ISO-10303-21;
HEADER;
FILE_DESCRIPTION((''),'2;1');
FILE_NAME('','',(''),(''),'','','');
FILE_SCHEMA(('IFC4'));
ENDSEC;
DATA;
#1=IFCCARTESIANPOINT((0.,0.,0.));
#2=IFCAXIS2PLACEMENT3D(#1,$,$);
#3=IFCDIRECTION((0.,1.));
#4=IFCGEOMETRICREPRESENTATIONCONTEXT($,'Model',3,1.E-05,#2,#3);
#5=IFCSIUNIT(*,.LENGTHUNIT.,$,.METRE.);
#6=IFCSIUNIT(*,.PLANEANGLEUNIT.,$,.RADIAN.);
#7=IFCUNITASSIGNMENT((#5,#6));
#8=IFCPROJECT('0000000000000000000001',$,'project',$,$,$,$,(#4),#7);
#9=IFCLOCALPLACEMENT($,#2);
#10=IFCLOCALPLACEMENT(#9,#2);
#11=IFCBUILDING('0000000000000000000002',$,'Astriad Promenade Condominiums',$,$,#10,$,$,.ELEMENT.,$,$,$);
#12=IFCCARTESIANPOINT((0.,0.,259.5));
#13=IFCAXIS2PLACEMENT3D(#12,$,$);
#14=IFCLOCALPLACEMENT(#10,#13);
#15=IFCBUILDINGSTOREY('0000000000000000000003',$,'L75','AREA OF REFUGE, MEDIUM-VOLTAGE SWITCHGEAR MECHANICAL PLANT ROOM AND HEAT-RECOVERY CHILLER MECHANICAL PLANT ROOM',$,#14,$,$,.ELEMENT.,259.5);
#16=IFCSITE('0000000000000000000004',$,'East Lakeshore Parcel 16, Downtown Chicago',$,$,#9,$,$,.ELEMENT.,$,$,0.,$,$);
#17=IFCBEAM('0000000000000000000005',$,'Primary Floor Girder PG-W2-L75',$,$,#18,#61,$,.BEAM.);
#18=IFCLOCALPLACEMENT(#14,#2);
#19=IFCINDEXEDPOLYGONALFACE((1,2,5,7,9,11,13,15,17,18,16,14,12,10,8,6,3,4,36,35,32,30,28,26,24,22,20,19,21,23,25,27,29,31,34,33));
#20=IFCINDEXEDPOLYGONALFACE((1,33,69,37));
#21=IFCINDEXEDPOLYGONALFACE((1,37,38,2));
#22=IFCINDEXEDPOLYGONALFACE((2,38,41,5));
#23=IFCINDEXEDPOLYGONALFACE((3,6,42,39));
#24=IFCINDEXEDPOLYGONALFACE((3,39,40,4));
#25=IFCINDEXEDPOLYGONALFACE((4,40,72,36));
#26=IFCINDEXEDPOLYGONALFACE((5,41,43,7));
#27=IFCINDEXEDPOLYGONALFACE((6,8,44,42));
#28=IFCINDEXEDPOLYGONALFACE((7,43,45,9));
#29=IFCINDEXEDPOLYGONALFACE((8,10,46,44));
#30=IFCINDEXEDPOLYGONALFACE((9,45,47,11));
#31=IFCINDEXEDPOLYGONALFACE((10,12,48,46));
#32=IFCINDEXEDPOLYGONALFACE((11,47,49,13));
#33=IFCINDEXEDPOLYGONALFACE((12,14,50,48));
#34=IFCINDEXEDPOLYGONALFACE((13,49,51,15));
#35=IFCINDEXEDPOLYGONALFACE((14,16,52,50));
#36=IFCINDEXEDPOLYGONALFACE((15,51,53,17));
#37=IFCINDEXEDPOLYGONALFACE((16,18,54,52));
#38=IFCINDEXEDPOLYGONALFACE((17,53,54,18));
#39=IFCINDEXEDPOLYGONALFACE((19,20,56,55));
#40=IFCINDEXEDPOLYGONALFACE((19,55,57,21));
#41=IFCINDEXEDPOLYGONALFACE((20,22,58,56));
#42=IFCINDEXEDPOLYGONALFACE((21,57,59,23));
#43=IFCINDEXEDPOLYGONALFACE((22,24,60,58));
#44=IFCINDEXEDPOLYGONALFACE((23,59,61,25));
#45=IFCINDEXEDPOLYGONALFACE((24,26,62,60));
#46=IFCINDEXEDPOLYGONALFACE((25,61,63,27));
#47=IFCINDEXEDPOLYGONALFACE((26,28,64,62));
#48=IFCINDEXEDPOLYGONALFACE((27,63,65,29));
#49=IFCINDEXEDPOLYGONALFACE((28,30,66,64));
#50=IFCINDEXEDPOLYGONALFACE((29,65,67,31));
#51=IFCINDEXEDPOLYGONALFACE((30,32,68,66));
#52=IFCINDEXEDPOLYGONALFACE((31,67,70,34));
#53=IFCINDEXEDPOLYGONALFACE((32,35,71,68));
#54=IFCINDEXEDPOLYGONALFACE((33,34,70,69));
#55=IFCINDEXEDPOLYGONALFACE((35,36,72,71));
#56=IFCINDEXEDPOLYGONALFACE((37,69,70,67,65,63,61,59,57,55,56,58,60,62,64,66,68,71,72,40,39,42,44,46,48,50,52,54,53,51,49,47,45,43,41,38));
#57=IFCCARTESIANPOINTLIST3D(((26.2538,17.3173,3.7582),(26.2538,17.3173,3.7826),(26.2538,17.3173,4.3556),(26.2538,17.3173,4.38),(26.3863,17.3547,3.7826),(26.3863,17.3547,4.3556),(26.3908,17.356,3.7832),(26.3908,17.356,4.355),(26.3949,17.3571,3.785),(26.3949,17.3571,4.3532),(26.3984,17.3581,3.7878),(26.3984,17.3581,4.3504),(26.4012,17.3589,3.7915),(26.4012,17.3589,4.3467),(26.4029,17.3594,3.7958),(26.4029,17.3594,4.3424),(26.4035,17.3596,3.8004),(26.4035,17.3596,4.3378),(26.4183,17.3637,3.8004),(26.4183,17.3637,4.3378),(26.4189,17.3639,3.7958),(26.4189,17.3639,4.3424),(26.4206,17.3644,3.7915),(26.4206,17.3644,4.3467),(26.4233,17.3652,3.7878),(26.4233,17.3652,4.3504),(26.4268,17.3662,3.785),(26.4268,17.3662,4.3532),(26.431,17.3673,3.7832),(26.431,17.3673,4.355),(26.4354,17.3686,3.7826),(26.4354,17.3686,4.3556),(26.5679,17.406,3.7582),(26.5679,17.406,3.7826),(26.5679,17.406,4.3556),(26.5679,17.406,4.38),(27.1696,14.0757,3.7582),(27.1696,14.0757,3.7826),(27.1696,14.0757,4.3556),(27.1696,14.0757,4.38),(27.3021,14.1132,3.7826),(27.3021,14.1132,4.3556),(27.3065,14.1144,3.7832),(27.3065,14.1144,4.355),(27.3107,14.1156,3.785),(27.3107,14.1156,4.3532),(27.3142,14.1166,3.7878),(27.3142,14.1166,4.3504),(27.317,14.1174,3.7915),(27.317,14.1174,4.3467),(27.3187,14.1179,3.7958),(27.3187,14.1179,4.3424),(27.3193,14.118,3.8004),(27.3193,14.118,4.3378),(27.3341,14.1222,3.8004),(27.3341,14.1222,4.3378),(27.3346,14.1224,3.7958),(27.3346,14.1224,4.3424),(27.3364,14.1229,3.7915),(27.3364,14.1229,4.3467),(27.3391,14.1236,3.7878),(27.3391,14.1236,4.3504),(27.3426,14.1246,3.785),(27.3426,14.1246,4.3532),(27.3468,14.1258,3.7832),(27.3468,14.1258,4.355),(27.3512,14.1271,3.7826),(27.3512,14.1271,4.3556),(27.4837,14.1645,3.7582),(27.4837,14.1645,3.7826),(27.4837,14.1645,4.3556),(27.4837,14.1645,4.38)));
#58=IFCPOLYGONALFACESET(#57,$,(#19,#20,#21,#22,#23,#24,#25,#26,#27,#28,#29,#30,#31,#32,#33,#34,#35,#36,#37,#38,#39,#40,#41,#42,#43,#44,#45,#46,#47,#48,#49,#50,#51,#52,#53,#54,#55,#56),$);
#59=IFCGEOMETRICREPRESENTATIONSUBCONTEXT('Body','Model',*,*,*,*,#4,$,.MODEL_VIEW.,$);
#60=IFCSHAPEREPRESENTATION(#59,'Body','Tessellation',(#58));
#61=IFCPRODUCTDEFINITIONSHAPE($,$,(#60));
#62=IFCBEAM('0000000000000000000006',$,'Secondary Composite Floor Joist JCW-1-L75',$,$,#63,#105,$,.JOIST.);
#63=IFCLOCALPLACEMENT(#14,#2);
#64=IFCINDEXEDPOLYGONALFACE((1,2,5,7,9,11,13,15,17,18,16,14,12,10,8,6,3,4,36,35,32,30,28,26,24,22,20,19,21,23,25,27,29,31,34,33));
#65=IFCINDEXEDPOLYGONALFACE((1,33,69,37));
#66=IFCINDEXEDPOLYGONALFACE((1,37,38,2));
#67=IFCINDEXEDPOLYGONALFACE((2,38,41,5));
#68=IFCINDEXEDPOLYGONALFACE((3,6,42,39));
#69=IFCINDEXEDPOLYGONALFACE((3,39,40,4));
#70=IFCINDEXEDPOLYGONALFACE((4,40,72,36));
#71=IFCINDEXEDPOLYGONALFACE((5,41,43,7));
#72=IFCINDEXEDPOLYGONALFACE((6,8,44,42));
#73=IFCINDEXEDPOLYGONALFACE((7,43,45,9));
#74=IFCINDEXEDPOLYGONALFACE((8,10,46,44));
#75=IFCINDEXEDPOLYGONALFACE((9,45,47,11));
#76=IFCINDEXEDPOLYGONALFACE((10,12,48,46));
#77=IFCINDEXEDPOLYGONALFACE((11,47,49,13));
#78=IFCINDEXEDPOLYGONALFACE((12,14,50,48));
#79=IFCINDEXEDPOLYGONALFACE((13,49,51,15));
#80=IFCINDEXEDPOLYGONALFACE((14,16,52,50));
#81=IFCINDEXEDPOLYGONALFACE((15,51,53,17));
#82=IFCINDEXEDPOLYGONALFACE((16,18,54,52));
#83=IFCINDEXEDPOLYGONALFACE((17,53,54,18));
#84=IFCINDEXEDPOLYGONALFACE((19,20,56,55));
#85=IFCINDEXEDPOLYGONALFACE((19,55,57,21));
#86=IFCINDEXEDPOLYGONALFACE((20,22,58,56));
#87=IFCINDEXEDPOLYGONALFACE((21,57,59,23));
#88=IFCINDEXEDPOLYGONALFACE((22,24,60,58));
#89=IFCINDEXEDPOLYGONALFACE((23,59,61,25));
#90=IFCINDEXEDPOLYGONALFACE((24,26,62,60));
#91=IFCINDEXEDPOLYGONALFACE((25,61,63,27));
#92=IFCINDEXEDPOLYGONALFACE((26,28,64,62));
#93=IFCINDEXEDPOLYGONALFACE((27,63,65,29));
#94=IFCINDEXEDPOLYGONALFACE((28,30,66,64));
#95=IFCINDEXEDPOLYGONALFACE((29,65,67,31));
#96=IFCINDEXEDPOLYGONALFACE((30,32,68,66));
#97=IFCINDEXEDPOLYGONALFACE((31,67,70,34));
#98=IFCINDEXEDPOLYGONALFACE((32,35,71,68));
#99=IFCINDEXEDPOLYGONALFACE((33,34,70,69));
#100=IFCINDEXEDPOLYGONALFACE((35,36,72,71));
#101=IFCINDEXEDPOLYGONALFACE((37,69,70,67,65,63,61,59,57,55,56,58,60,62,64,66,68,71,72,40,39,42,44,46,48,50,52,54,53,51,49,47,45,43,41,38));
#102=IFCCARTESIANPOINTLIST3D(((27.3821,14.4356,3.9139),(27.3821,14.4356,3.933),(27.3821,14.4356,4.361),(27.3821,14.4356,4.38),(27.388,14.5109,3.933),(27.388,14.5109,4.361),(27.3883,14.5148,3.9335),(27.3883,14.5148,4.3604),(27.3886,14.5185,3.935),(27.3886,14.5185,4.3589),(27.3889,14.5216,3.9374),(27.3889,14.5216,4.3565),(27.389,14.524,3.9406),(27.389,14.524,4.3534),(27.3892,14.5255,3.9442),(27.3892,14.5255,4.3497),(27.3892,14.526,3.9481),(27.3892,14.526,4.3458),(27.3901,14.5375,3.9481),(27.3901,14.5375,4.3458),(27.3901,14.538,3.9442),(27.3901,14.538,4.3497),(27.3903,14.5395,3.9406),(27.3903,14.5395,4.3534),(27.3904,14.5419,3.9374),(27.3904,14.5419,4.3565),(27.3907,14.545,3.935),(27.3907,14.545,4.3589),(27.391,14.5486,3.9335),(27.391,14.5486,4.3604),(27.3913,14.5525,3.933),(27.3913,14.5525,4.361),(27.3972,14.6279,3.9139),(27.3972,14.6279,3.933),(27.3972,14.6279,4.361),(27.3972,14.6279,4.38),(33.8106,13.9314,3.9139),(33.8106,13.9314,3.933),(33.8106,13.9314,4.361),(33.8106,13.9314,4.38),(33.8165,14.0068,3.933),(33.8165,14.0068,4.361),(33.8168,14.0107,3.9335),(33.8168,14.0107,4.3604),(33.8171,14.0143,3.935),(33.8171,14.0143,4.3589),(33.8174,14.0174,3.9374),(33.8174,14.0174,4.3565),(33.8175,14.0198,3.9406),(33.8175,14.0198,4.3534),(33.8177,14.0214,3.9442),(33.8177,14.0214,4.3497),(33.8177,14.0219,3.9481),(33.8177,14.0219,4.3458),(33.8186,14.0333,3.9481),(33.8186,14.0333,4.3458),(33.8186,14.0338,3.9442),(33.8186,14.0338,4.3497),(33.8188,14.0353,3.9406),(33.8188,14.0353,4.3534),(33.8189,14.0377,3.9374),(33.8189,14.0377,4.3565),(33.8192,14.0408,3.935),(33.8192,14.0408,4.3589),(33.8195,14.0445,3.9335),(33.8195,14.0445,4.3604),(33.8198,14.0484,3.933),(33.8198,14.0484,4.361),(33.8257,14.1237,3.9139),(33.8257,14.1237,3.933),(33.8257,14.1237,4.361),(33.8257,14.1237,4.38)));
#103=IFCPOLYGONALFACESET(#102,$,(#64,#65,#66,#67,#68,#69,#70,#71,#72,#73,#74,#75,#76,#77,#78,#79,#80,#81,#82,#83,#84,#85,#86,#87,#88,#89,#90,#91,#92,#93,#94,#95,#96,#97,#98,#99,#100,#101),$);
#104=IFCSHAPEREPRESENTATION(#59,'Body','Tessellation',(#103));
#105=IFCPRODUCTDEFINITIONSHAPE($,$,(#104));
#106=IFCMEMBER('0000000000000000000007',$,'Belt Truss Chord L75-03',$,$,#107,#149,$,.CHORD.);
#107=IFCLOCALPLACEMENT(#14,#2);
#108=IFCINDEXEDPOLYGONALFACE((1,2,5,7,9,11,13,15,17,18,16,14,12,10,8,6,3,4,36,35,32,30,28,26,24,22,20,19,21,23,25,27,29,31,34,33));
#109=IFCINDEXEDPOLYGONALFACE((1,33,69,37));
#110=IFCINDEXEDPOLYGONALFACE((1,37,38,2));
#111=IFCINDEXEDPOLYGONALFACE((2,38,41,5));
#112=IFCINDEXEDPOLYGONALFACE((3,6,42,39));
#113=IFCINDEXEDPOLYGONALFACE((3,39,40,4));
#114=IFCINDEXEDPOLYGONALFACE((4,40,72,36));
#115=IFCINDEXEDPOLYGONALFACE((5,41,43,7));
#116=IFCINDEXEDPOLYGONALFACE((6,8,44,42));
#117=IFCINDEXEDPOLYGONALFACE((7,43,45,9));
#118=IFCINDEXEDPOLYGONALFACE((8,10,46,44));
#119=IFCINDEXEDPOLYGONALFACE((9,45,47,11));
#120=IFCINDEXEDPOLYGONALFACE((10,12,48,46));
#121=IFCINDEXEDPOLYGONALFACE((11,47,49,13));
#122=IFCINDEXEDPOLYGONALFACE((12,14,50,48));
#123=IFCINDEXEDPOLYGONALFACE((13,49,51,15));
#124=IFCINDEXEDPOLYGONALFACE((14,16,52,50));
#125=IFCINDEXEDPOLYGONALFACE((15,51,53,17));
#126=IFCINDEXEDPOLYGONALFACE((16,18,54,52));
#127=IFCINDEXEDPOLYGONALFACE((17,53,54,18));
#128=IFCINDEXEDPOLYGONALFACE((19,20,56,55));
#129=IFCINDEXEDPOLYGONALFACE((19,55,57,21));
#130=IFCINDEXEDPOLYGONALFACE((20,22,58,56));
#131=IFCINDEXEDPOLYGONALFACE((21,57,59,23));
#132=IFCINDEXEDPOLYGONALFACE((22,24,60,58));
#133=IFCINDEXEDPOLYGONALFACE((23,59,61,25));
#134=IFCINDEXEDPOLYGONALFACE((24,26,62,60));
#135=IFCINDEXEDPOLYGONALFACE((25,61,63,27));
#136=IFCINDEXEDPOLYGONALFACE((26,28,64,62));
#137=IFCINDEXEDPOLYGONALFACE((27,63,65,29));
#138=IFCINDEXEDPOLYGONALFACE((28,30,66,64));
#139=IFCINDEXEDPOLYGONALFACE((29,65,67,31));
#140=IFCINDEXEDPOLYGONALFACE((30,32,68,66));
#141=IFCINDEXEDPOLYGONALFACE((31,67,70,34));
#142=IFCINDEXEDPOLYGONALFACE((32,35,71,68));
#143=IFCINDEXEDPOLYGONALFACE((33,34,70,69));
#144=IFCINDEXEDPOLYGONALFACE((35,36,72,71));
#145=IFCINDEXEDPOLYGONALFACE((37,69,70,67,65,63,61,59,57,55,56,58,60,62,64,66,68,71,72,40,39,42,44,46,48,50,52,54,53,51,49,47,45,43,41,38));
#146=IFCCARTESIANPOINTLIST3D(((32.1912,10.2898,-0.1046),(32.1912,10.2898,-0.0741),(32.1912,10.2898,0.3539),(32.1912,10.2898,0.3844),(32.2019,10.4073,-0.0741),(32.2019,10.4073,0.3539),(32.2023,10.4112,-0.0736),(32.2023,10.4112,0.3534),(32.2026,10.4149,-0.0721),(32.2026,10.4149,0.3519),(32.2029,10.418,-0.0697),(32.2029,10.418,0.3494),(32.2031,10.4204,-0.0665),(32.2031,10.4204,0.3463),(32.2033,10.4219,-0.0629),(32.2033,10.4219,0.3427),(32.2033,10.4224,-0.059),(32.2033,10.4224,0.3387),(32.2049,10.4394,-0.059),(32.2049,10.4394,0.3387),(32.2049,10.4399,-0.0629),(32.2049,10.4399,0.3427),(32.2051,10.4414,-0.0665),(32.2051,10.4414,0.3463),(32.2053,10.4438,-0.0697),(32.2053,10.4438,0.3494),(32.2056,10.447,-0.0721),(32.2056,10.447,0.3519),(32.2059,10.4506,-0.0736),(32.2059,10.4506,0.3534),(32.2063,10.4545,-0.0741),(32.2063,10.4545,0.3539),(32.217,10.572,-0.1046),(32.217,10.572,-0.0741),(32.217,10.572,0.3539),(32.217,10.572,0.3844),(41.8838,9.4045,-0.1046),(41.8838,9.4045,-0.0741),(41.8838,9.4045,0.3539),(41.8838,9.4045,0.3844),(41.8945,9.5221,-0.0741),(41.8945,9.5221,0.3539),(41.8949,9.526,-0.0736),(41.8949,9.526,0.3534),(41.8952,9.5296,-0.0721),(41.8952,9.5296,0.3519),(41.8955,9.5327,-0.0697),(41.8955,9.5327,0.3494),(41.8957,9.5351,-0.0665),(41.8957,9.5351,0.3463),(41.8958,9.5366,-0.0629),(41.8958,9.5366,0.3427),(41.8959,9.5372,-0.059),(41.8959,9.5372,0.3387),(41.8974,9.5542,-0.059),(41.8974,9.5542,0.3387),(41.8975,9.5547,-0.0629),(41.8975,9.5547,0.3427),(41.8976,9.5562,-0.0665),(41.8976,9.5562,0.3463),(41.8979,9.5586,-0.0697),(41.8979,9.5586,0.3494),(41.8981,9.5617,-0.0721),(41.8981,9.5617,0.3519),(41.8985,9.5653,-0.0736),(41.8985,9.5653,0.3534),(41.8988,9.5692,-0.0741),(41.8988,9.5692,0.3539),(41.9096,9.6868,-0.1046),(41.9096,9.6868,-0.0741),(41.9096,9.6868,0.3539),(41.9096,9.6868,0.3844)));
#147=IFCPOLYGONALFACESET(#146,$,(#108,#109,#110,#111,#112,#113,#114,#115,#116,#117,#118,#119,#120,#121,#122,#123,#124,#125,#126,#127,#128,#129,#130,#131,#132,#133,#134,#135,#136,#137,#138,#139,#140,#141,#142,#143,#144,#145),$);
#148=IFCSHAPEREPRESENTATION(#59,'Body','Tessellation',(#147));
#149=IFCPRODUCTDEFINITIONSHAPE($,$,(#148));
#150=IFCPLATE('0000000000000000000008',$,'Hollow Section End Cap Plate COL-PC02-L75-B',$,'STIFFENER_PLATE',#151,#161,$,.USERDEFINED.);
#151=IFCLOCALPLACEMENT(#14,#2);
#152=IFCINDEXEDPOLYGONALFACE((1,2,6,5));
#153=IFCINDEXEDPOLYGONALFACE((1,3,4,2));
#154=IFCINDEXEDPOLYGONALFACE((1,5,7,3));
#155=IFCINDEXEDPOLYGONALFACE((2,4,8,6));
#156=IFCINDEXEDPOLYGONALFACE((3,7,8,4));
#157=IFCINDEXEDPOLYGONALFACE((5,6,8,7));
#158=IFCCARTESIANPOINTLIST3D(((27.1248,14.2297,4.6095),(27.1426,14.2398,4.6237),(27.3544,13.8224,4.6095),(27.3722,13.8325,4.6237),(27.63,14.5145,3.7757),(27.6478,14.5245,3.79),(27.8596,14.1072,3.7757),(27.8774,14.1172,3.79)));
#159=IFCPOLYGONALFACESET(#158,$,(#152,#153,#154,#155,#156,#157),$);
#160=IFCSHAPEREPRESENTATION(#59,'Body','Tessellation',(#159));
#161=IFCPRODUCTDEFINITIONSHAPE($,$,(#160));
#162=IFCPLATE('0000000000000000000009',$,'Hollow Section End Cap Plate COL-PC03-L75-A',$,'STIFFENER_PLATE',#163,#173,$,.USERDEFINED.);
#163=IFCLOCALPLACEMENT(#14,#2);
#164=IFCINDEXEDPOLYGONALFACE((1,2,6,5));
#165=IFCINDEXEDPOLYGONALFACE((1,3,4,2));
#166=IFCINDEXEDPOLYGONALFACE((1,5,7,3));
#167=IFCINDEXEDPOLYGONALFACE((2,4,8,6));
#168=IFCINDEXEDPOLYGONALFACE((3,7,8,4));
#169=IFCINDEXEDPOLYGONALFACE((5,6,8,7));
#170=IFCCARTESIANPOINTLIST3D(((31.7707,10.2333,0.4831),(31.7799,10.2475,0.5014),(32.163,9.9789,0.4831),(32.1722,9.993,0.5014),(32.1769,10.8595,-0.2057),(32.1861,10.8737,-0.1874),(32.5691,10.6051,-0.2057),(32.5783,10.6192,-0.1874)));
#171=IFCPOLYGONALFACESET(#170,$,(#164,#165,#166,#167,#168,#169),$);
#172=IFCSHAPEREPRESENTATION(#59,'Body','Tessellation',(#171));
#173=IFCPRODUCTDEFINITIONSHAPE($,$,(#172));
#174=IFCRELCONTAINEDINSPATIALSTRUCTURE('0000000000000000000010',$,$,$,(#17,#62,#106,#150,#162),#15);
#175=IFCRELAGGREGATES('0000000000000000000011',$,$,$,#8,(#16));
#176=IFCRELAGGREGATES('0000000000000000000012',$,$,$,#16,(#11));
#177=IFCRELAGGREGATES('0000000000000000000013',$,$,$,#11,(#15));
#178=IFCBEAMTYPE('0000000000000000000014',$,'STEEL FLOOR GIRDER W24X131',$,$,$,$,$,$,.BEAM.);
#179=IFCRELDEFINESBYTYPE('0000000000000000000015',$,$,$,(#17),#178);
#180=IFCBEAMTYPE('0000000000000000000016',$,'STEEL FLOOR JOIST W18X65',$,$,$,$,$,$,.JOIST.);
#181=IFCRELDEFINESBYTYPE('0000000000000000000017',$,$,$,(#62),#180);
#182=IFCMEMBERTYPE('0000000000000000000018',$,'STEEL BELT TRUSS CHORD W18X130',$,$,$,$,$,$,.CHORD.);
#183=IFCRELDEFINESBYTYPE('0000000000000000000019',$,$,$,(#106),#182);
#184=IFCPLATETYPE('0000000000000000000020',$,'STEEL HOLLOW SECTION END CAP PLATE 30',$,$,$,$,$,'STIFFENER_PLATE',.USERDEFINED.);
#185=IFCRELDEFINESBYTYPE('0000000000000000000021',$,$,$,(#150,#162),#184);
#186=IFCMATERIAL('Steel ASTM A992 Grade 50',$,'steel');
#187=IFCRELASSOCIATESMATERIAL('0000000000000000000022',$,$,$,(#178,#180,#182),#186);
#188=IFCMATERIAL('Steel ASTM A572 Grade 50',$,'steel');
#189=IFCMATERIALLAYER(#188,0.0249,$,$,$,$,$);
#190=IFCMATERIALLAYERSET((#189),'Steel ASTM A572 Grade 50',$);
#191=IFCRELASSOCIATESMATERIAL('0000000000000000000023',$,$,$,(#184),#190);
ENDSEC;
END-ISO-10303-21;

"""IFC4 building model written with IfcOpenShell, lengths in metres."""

from ifc_helpers import new_model, si_unit, direction, frame, origin, origin_2d, place, context, subcontext, project, spatial, rectangle, i_section, extrude, source, transform, mapped, material, layer, layer_set, material_profile, profile_set, type_object, type_shapes, element, save


model = new_model("IFC4")

# Units and contexts
model_context = context("Model", 3, precision=1e-05, world=origin(), true_north=direction((0.0, 1.0)))
body_context = subcontext(model_context, "Body", "Model", "MODEL_VIEW")
ifc_project = project(units=[si_unit("LENGTHUNIT", "METRE"), si_unit("PLANEANGLEUNIT", "RADIAN")], contexts=[model_context])

# Site, building, storey
site_placement = place(None, origin())
site = spatial("IfcSite", under=ifc_project, at=site_placement, Name="East Lakeshore Parcel 16, Downtown Chicago", CompositionType="ELEMENT", RefElevation=0.0)
building_placement = place(site_placement, origin())
building = spatial("IfcBuilding", under=site, at=building_placement, Name="Astriad Promenade Condominiums", CompositionType="ELEMENT")
storey_placement = place(building_placement, frame((0.0, 0.0, 259.5)))
storey = spatial("IfcBuildingStorey", under=building, at=storey_placement, Name="L75", Description="AREA OF REFUGE, MEDIUM-VOLTAGE SWITCHGEAR MECHANICAL PLANT ROOM AND HEAT-RECOVERY CHILLER MECHANICAL PLANT ROOM", CompositionType="ELEMENT", Elevation=259.5)

# Shared definitions
ifc_material_1 = material(Name="Steel ASTM A992 Grade 50", Category="steel")

# Beams
ifc_material_profile_1 = material_profile(ifc_material_1, i_section(OverallWidth=0.3264, OverallDepth=0.6218, WebThickness=0.0154, FlangeThickness=0.0244, FilletRadius=0.0178, at=origin_2d()), Name="W24X131")
ifc_profile_set_1 = profile_set([ifc_material_profile_1], Name="Steel ASTM A992 Grade 50")
beam_type_1 = type_object("IfcBeamType", Name="STEEL FLOOR GIRDER W24X131", PredefinedType="BEAM", material=ifc_profile_set_1)
shared_shape_1 = source(origin(), body_context, "Body", "SweptSolid", [
    extrude(i_section(OverallWidth=0.3264, OverallDepth=0.6218, WebThickness=0.0154, FlangeThickness=0.0244, FilletRadius=0.0178, at=origin_2d()), origin(), (0.0, 0.0, 1.0), 3.3684),
])
type_shapes(beam_type_1, [shared_shape_1])
beam_1_placement = place(storey_placement, frame((27.3267, 14.1201, 4.0691), z_axis=(-0.271877, 0.962332, 0.0), x_axis=(-0.962332, -0.271877, 0.0)))
element("IfcBeam", 1, at=beam_1_placement, inside=storey, type_object=beam_type_1, Name="Primary Floor Girder PG-W2-L75", PredefinedType="BEAM", context=body_context, shape_type="MappedRepresentation", body=[
    mapped(shared_shape_1, transform((0.0, 0.0, 0.0), scale=1.0)),
])
ifc_material_profile_2 = material_profile(ifc_material_1, i_section(OverallWidth=0.1929, OverallDepth=0.4661, WebThickness=0.0115, FlangeThickness=0.019, FilletRadius=0.0151, at=origin_2d()), Name="W18X65")
ifc_profile_set_2 = profile_set([ifc_material_profile_2], Name="Steel ASTM A992 Grade 50")
beam_type_2 = type_object("IfcBeamType", Name="STEEL FLOOR JOIST W18X65", PredefinedType="JOIST", material=ifc_profile_set_2)
shared_shape_2 = source(origin(), body_context, "Body", "SweptSolid", [
    extrude(i_section(OverallWidth=0.1929, OverallDepth=0.4661, WebThickness=0.0115, FlangeThickness=0.019, FilletRadius=0.0151, at=origin_2d()), origin(), (0.0, 0.0, 1.0), 6.4482),
])
type_shapes(beam_type_2, [shared_shape_2])
beam_2_placement = place(storey_placement, frame((27.3896, 14.5317, 4.147), z_axis=(0.996939, -0.078185, 0.0), x_axis=(0.078185, 0.996939, 0.0)))
element("IfcBeam", 2, at=beam_2_placement, inside=storey, type_object=beam_type_2, Name="Secondary Composite Floor Joist JCW-1-L75", PredefinedType="JOIST", context=body_context, shape_type="MappedRepresentation", body=[
    mapped(shared_shape_2, transform((0.0, 0.0, 0.0), scale=1.0)),
])

# Member
ifc_material_profile_3 = material_profile(ifc_material_1, i_section(OverallWidth=0.2834, OverallDepth=0.489, WebThickness=0.0171, FlangeThickness=0.0305, FilletRadius=0.0151, at=origin_2d()), Name="W18X130")
ifc_profile_set_3 = profile_set([ifc_material_profile_3], Name="Steel ASTM A992 Grade 50")
member_type = type_object("IfcMemberType", Name="STEEL BELT TRUSS CHORD W18X130", PredefinedType="CHORD", material=ifc_profile_set_3)
shared_shape_3 = source(origin(), body_context, "Body", "SweptSolid", [
    extrude(i_section(OverallWidth=0.2834, OverallDepth=0.489, WebThickness=0.0171, FlangeThickness=0.0305, FilletRadius=0.0151, at=origin_2d()), origin(), (0.0, 0.0, 1.0), 9.7329),
])
type_shapes(member_type, [shared_shape_3])
member_placement = place(storey_placement, frame((32.2041, 10.4309, 0.1399), z_axis=(0.995855, -0.090954, 0.0), x_axis=(0.090954, 0.995855, 0.0)))
element("IfcMember", 3, at=member_placement, inside=storey, type_object=member_type, Name="Belt Truss Chord L75-03", PredefinedType="CHORD", context=body_context, shape_type="MappedRepresentation", body=[
    mapped(shared_shape_3, transform((0.0, 0.0, 0.0), scale=1.0)),
])

# Plates
ifc_material_2 = material(Name="Steel ASTM A572 Grade 50", Category="steel")
ifc_layer_1 = layer(ifc_material_2, 0.0249)
ifc_layer_set_1 = layer_set([ifc_layer_1], Name="Steel ASTM A572 Grade 50")
plate_type_1 = type_object("IfcPlateType", Name="STEEL HOLLOW SECTION END CAP PLATE 30", ElementType="STIFFENER_PLATE", PredefinedType="USERDEFINED", material=ifc_layer_set_1)
shared_shape_4 = source(origin(), body_context, "Body", "SweptSolid", [
    extrude(rectangle(XDim=0.4675, YDim=1.0156, at=origin_2d()), origin(), (0.0, 0.0, 1.0), 0.0249),
])
for number, where, z_axis, x_axis, name in (
    (4, (27.4922, 14.1685, 4.1926), (0.715172, 0.403095, 0.571002), (-0.491011, 0.871153, 0.0), "Hollow Section End Cap Plate COL-PC02-L75-B"),
    (5, (32.1699, 10.4192, 0.1387), (0.369043, 0.568964, 0.734906), (-0.838971, 0.544176, 0.0), "Hollow Section End Cap Plate COL-PC03-L75-A"),
):
    element("IfcPlate", number, at=place(storey_placement, frame(where, z_axis=z_axis, x_axis=x_axis)), inside=storey, type_object=plate_type_1, Name=name, ObjectType="STIFFENER_PLATE", PredefinedType="USERDEFINED", context=body_context, shape_type="MappedRepresentation", body=[
        mapped(shared_shape_4, transform((0.0, 0.0, 0.0), scale=1.0)),
    ])

save(model, "model.ifc")
